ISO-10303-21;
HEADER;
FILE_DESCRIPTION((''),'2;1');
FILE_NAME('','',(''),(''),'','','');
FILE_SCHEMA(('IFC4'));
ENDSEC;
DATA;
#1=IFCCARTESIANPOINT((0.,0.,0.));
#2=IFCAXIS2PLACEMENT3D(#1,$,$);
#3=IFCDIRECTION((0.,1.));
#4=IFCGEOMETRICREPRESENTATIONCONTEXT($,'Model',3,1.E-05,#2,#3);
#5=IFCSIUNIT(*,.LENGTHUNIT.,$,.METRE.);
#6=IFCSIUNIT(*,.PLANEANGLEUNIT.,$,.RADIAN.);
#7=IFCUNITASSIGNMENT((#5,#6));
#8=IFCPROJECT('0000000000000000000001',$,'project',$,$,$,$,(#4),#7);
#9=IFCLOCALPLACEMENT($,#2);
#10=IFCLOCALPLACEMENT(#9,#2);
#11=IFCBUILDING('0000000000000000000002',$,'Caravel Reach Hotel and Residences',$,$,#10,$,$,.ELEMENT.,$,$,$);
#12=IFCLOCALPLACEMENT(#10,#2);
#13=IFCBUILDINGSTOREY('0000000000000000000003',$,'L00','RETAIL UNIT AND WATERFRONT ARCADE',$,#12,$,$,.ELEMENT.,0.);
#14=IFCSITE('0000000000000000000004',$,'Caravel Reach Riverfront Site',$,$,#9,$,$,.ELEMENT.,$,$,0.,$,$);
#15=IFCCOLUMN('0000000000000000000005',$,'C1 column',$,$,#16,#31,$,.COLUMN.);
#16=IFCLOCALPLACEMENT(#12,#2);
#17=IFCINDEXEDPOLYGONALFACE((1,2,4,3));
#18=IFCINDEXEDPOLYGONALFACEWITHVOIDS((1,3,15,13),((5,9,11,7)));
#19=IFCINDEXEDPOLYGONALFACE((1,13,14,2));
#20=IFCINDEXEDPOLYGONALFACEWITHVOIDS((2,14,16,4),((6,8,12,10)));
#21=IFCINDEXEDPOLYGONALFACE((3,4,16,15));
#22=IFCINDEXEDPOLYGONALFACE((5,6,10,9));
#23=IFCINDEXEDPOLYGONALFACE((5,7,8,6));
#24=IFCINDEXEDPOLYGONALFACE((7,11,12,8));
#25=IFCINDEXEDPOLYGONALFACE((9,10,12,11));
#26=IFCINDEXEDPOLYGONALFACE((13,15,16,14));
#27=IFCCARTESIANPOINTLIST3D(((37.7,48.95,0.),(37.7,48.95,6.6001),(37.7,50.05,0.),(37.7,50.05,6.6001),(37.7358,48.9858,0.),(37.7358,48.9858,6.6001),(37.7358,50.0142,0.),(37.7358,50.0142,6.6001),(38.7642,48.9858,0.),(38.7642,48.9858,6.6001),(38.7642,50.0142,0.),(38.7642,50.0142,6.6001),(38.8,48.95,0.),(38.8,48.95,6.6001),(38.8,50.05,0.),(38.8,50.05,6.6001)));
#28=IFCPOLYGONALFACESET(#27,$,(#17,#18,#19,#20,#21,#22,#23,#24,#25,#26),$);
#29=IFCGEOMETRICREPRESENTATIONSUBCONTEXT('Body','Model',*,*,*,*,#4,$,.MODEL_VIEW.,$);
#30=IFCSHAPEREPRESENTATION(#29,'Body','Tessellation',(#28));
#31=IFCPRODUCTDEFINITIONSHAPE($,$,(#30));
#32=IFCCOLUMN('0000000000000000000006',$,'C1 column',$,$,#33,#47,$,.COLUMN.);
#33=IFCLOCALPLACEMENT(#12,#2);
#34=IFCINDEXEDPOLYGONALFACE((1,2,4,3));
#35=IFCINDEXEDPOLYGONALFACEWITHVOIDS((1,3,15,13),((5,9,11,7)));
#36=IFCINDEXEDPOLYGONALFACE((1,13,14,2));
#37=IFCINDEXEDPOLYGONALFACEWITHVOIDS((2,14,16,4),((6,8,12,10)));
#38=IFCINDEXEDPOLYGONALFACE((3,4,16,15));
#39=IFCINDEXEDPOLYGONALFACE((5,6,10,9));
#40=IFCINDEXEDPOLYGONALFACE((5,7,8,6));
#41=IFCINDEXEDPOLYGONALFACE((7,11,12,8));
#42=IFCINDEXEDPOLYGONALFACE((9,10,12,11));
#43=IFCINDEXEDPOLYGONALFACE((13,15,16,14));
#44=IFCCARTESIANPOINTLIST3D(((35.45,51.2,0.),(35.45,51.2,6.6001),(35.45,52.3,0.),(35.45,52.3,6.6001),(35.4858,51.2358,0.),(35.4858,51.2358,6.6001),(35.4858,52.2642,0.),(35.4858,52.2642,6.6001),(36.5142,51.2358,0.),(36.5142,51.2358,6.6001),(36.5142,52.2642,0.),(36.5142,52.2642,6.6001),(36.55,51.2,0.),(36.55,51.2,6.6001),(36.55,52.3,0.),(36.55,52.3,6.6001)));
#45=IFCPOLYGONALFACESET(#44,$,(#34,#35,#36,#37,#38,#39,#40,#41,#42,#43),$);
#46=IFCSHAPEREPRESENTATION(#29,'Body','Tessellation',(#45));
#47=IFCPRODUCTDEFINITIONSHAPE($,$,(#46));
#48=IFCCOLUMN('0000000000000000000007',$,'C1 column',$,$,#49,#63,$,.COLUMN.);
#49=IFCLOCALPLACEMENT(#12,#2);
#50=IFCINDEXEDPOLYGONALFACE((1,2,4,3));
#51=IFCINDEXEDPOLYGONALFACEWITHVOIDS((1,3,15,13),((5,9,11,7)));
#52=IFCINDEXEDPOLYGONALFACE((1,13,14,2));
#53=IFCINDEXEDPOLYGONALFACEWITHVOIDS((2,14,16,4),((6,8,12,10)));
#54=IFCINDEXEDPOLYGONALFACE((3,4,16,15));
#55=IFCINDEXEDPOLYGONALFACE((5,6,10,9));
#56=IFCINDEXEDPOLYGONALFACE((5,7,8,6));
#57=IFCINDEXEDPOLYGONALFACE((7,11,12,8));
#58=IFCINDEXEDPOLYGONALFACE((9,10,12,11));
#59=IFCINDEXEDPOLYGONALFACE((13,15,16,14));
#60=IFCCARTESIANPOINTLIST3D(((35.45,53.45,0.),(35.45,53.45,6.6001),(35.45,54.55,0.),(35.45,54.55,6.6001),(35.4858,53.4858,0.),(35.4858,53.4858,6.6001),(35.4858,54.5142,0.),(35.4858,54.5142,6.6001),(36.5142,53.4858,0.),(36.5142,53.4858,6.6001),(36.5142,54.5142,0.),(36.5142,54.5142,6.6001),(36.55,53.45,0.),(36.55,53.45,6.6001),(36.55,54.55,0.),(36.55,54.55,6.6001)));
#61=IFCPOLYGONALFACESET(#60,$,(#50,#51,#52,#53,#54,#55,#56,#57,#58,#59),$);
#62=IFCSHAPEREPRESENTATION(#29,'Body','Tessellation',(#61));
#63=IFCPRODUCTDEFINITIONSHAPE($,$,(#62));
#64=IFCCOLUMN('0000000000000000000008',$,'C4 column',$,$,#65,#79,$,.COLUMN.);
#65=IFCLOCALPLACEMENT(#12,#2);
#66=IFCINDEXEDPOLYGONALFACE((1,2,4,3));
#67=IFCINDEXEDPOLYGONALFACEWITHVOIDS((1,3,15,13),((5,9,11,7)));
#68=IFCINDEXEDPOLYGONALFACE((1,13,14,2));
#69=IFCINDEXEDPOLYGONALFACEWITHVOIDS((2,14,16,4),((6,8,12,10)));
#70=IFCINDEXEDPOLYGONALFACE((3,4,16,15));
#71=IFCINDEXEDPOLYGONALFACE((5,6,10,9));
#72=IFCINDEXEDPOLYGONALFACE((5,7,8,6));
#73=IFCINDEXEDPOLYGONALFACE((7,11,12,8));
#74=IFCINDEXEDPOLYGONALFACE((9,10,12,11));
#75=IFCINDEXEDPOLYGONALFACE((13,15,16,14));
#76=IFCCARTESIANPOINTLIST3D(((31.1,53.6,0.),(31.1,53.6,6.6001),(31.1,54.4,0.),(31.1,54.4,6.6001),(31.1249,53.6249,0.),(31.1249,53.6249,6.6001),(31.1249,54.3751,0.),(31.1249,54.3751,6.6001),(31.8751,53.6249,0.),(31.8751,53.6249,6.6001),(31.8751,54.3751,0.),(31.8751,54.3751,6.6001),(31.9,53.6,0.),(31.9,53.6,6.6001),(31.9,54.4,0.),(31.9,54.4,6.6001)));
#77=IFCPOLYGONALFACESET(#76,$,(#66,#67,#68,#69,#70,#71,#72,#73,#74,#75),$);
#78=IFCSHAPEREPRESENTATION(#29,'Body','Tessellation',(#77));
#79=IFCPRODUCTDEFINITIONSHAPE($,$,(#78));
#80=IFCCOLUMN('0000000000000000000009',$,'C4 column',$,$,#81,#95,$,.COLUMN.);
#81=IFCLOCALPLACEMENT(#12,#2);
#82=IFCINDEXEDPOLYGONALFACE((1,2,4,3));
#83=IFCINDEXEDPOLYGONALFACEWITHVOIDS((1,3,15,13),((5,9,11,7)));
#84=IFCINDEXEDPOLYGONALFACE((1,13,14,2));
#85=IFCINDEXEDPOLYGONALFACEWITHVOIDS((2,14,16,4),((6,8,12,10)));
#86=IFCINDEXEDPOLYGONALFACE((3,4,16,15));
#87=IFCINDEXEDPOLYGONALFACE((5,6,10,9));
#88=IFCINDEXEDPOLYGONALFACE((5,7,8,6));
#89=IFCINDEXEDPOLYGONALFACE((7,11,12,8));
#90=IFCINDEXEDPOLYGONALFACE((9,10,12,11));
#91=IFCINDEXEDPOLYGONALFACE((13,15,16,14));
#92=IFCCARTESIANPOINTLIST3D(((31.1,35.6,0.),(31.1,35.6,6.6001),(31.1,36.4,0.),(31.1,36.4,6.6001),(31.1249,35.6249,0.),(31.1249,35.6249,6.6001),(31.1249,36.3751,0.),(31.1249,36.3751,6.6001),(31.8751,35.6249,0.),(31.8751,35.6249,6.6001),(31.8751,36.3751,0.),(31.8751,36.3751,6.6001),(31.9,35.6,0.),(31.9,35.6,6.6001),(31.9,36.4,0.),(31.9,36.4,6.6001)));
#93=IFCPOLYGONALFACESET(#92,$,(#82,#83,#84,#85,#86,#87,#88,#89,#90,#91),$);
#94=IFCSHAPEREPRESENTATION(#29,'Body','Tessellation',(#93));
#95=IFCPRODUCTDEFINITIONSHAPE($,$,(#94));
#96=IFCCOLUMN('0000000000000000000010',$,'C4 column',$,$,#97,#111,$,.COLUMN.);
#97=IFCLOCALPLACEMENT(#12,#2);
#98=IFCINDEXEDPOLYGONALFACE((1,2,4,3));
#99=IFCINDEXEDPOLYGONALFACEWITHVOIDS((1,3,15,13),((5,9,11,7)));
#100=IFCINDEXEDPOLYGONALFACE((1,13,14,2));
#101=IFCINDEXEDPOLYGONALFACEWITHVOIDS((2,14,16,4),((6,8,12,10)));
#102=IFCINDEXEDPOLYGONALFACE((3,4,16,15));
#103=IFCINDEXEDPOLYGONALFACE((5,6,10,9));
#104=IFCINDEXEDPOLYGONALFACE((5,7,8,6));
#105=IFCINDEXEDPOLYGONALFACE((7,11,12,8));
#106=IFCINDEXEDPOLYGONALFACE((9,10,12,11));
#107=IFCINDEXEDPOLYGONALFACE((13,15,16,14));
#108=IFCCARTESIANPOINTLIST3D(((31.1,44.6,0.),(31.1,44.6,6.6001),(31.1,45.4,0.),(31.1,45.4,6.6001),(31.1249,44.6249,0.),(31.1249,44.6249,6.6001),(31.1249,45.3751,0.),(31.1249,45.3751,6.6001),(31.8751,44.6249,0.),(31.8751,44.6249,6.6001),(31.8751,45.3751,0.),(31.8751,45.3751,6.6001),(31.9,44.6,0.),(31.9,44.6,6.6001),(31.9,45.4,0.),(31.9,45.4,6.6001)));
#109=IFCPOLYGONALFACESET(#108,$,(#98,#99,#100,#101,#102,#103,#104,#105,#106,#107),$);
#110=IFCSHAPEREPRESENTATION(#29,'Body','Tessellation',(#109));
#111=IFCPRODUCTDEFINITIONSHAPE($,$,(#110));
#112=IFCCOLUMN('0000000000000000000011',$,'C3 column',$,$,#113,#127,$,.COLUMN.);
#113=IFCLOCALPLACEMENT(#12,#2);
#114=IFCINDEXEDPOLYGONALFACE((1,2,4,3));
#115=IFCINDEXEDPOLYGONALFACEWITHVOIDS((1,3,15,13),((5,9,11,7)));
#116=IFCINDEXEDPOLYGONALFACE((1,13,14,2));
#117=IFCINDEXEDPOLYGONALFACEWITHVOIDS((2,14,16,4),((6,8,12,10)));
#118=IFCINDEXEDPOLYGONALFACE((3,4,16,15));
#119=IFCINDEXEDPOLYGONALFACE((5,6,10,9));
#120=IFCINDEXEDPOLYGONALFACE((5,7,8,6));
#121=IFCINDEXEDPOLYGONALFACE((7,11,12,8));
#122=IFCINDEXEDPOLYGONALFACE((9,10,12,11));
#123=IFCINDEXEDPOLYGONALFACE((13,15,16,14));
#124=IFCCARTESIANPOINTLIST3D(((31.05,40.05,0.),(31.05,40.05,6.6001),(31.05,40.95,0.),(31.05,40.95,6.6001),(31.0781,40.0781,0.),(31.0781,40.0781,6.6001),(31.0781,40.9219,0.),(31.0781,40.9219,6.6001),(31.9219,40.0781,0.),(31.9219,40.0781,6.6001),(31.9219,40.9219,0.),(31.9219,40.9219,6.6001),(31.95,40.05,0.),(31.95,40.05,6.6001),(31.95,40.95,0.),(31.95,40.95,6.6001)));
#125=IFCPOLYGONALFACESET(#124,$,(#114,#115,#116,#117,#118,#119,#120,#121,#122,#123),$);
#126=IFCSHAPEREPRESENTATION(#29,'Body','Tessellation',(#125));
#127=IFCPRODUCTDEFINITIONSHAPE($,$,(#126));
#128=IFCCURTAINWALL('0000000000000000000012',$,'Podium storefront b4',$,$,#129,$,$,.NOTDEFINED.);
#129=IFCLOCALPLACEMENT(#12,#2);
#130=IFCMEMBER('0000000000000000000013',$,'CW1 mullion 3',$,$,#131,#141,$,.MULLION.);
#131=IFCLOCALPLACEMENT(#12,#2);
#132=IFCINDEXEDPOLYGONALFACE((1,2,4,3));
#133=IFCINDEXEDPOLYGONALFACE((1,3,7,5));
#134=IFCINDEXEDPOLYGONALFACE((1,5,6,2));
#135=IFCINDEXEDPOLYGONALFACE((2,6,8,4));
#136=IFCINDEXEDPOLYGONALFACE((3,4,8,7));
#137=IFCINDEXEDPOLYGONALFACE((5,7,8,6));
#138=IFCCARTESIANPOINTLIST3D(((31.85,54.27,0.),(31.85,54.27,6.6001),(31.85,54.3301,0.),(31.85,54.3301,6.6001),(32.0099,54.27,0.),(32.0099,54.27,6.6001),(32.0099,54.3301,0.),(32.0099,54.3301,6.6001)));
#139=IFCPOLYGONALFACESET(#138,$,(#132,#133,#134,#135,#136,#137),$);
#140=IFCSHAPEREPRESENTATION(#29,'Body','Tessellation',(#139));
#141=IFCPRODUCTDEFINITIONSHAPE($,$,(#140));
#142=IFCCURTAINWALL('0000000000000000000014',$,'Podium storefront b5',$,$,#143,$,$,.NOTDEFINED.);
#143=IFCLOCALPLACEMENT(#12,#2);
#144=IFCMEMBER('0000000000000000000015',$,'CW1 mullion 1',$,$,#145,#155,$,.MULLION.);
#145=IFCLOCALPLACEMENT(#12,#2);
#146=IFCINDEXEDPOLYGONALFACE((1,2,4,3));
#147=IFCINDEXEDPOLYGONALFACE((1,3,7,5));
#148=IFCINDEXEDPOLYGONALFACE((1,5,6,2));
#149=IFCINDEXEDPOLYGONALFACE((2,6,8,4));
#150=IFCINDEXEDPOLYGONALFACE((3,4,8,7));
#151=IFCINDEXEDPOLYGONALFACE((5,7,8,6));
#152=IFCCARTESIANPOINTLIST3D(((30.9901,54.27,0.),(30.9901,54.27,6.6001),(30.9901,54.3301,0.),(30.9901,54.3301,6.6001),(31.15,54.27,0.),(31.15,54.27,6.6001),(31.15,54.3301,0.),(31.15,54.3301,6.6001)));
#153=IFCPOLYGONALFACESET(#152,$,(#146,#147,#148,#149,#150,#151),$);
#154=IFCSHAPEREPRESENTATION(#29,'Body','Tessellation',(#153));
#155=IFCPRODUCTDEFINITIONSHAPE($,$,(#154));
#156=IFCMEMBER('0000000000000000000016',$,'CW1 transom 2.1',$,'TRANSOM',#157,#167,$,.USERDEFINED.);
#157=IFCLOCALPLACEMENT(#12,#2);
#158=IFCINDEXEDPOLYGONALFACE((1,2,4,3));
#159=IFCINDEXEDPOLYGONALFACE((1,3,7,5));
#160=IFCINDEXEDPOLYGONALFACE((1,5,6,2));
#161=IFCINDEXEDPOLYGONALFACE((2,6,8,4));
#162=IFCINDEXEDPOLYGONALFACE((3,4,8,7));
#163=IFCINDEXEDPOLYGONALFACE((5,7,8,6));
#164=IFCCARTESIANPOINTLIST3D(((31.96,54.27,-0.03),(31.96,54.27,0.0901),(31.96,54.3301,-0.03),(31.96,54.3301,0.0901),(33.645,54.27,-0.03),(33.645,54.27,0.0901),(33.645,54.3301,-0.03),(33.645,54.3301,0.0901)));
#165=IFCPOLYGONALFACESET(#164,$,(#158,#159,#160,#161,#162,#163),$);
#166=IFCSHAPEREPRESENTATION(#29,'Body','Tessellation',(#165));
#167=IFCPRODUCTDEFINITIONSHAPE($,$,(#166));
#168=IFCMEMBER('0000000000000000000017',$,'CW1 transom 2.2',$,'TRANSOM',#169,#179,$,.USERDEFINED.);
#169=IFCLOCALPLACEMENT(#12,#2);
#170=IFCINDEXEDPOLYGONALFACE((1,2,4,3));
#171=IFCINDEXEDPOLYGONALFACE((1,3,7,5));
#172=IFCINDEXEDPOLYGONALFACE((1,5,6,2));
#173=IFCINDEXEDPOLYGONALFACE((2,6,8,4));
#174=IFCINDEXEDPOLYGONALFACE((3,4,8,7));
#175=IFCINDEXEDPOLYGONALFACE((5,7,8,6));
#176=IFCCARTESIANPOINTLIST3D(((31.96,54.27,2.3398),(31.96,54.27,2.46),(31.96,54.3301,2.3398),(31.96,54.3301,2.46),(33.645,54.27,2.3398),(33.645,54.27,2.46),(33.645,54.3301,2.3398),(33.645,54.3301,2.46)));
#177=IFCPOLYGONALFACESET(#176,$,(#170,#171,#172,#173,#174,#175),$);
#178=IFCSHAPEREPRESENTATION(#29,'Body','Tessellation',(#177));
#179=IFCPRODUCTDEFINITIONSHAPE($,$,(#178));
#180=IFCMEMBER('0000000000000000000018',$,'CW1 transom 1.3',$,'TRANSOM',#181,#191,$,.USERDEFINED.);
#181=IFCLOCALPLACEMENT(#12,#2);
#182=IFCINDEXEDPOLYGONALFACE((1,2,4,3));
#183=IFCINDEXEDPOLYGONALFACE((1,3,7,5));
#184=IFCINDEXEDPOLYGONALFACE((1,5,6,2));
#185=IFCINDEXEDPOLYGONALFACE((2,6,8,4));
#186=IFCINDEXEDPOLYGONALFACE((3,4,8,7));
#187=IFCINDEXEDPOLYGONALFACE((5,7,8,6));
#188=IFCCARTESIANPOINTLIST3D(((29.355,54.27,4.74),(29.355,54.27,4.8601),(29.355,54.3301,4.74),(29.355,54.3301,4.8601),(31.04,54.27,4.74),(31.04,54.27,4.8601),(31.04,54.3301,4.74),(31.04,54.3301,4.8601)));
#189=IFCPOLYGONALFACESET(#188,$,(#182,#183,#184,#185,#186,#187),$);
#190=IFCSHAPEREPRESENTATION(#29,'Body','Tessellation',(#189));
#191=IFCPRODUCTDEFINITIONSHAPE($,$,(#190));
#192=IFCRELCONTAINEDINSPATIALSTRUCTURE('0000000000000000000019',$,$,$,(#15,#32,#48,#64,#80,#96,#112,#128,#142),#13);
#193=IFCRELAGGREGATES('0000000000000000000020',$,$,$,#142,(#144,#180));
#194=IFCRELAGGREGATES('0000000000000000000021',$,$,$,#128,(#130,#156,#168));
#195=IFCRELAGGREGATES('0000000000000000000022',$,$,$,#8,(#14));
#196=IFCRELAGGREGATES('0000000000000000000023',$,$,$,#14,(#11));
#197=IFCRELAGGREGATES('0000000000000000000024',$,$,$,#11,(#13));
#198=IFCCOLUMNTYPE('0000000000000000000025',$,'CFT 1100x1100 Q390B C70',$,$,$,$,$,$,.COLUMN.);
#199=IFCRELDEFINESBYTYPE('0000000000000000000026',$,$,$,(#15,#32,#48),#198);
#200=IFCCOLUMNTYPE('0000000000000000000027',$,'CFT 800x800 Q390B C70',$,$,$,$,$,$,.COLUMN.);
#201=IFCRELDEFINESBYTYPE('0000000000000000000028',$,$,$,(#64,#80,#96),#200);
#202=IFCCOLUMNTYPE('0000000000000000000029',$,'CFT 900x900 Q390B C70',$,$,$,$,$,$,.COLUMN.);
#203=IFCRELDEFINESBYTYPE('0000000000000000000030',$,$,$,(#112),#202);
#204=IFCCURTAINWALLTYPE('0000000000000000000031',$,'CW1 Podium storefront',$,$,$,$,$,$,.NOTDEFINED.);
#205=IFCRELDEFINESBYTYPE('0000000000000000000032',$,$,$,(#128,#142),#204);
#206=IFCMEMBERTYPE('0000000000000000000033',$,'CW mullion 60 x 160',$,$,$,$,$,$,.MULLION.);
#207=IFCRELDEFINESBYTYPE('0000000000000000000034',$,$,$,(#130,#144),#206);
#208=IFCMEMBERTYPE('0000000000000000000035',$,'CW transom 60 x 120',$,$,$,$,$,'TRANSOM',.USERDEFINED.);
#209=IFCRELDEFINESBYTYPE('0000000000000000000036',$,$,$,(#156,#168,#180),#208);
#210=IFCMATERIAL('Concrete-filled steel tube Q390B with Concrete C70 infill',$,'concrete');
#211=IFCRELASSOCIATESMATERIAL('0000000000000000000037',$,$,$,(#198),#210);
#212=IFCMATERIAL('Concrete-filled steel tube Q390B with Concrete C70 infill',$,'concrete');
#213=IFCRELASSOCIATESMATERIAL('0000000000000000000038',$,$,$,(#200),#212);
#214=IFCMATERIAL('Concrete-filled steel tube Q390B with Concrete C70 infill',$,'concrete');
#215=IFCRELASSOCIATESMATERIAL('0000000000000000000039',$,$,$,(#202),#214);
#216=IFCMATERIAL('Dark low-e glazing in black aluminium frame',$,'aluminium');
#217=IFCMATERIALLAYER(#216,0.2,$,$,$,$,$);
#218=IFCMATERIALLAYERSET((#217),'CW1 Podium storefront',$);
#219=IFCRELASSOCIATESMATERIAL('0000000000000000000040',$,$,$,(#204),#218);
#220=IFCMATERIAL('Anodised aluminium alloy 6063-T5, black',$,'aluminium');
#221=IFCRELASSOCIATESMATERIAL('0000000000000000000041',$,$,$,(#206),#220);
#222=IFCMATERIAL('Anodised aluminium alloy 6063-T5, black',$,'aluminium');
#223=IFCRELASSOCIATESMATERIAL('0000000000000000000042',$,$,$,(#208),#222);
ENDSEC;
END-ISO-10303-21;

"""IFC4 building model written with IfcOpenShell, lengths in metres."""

from ifc_helpers import new_model, si_unit, direction, frame, origin, origin_2d, place, context, subcontext, project, spatial, rectangle, hollow_rectangle, extrude, material, layer, layer_set, material_profile, profile_set, type_object, element, aggregate, save


model = new_model("IFC4")

# Units and contexts
model_context = context("Model", 3, precision=1e-05, world=origin(), true_north=direction((0.0, 1.0)))
body_context = subcontext(model_context, "Body", "Model", "MODEL_VIEW")
ifc_project = project(units=[si_unit("LENGTHUNIT", "METRE"), si_unit("PLANEANGLEUNIT", "RADIAN")], contexts=[model_context])

# Site, building, storey
site_placement = place(None, origin())
site = spatial("IfcSite", under=ifc_project, at=site_placement, Name="Caravel Reach Riverfront Site", CompositionType="ELEMENT", RefElevation=0.0)
building_placement = place(site_placement, origin())
building = spatial("IfcBuilding", under=site, at=building_placement, Name="Caravel Reach Hotel and Residences", CompositionType="ELEMENT")
storey_placement = place(building_placement, origin())
storey = spatial("IfcBuildingStorey", under=building, at=storey_placement, Name="L00", Description="RETAIL UNIT AND WATERFRONT ARCADE", CompositionType="ELEMENT", Elevation=0.0)

# Columns
ifc_material_1 = material(Name="Concrete-filled steel tube Q390B with Concrete C70 infill", Category="concrete")
ifc_material_profile_1 = material_profile(ifc_material_1, hollow_rectangle(XDim=1.1001, YDim=1.1001, WallThickness=0.0359, at=origin_2d()), Name="RHS 1100x1100x36")
ifc_profile_set_1 = profile_set([ifc_material_profile_1], Name="Concrete-filled steel tube Q390B with Concrete C70 infill")
column_type_1 = type_object("IfcColumnType", Name="CFT 1100x1100 Q390B C70", PredefinedType="COLUMN", material=ifc_profile_set_1)
for number, where, z_axis, x_axis, name in (
    (1, (38.25, 49.5, 0.0), (0.0, 0.0, 1.0), (1.0, 0.0, 0.0), "C1 column"),
    (2, (36.0, 51.75, 0.0), (0.0, 0.0, 1.0), (1.0, 0.0, 0.0), "C1 column"),
    (3, (36.0, 54.0, 0.0), (0.0, 0.0, 1.0), (1.0, 0.0, 0.0), "C1 column"),
):
    element("IfcColumn", number, at=place(storey_placement, frame(where, z_axis=z_axis, x_axis=x_axis)), inside=storey, type_object=column_type_1, Name=name, PredefinedType="COLUMN", context=body_context, shape_type="SweptSolid", body=[
        extrude(hollow_rectangle(XDim=1.1001, YDim=1.1001, WallThickness=0.0359, at=origin_2d()), origin(), (0.0, 0.0, 1.0), 6.6001),
    ])
ifc_material_2 = material(Name="Concrete-filled steel tube Q390B with Concrete C70 infill", Category="concrete")
ifc_material_profile_2 = material_profile(ifc_material_2, hollow_rectangle(XDim=0.8, YDim=0.8, WallThickness=0.0249, at=origin_2d()), Name="RHS 800x800x25")
ifc_profile_set_2 = profile_set([ifc_material_profile_2], Name="Concrete-filled steel tube Q390B with Concrete C70 infill")
column_type_2 = type_object("IfcColumnType", Name="CFT 800x800 Q390B C70", PredefinedType="COLUMN", material=ifc_profile_set_2)
for number, where, z_axis, x_axis, name in (
    (4, (31.5, 54.0, 0.0), (0.0, 0.0, 1.0), (1.0, 0.0, 0.0), "C4 column"),
    (5, (31.5, 36.0, 0.0), (0.0, 0.0, 1.0), (1.0, 0.0, 0.0), "C4 column"),
    (6, (31.5, 45.0, 0.0), (0.0, 0.0, 1.0), (1.0, 0.0, 0.0), "C4 column"),
):
    element("IfcColumn", number, at=place(storey_placement, frame(where, z_axis=z_axis, x_axis=x_axis)), inside=storey, type_object=column_type_2, Name=name, PredefinedType="COLUMN", context=body_context, shape_type="SweptSolid", body=[
        extrude(hollow_rectangle(XDim=0.8, YDim=0.8, WallThickness=0.0249, at=origin_2d()), origin(), (0.0, 0.0, 1.0), 6.6001),
    ])
ifc_material_3 = material(Name="Concrete-filled steel tube Q390B with Concrete C70 infill", Category="concrete")
ifc_material_profile_3 = material_profile(ifc_material_3, hollow_rectangle(XDim=0.8999, YDim=0.8999, WallThickness=0.0281, at=origin_2d()), Name="RHS 900x900x28")
ifc_profile_set_3 = profile_set([ifc_material_profile_3], Name="Concrete-filled steel tube Q390B with Concrete C70 infill")
column_type_3 = type_object("IfcColumnType", Name="CFT 900x900 Q390B C70", PredefinedType="COLUMN", material=ifc_profile_set_3)
column_placement = place(storey_placement, frame((31.5, 40.5, 0.0), z_axis=(0.0, 0.0, 1.0), x_axis=(1.0, 0.0, 0.0)))
element("IfcColumn", 7, at=column_placement, inside=storey, type_object=column_type_3, Name="C3 column", PredefinedType="COLUMN", context=body_context, shape_type="SweptSolid", body=[
    extrude(hollow_rectangle(XDim=0.8999, YDim=0.8999, WallThickness=0.0281, at=origin_2d()), origin(), (0.0, 0.0, 1.0), 6.6001),
])

# Curtain walls, members
ifc_material_4 = material(Name="Dark low-e glazing in black aluminium frame", Category="aluminium")
ifc_layer_1 = layer(ifc_material_4, 0.2)
ifc_layer_set_1 = layer_set([ifc_layer_1], Name="CW1 Podium storefront")
curtain_wall_type = type_object("IfcCurtainWallType", Name="CW1 Podium storefront", PredefinedType="NOTDEFINED", material=ifc_layer_set_1)
curtain_wall_1_placement = place(storey_placement, origin())
curtain_wall_1 = element("IfcCurtainWall", 8, at=curtain_wall_1_placement, inside=storey, type_object=curtain_wall_type, Name="Podium storefront b4", PredefinedType="NOTDEFINED")
ifc_material_5 = material(Name="Anodised aluminium alloy 6063-T5, black", Category="aluminium")
ifc_material_profile_4 = material_profile(ifc_material_5, rectangle(XDim=0.0601, YDim=0.1599, at=origin_2d()), Name="CW mullion 60 x 160")
ifc_profile_set_4 = profile_set([ifc_material_profile_4], Name="Anodised aluminium alloy 6063-T5, black")
member_type_1 = type_object("IfcMemberType", Name="CW mullion 60 x 160", PredefinedType="MULLION", material=ifc_profile_set_4)
member_1_placement = place(storey_placement, frame((31.9299, 54.3, 0.0), z_axis=(0.0, 0.0, 1.0), x_axis=(0.0, -1.0, 0.0)))
member_1 = element("IfcMember", 9, at=member_1_placement, type_object=member_type_1, Name="CW1 mullion 3", PredefinedType="MULLION", context=body_context, shape_type="SweptSolid", body=[
    extrude(rectangle(XDim=0.0601, YDim=0.1599, at=origin_2d()), origin(), (0.0, 0.0, 1.0), 6.6001),
])
curtain_wall_2_placement = place(storey_placement, origin())
curtain_wall_2 = element("IfcCurtainWall", 10, at=curtain_wall_2_placement, inside=storey, type_object=curtain_wall_type, Name="Podium storefront b5", PredefinedType="NOTDEFINED")
member_2_placement = place(storey_placement, frame((31.0701, 54.3, 0.0), z_axis=(0.0, 0.0, 1.0), x_axis=(0.0, -1.0, 0.0)))
member_2 = element("IfcMember", 11, at=member_2_placement, type_object=member_type_1, Name="CW1 mullion 1", PredefinedType="MULLION", context=body_context, shape_type="SweptSolid", body=[
    extrude(rectangle(XDim=0.0601, YDim=0.1599, at=origin_2d()), origin(), (0.0, 0.0, 1.0), 6.6001),
])

# Members
ifc_material_6 = material(Name="Anodised aluminium alloy 6063-T5, black", Category="aluminium")
ifc_material_profile_5 = material_profile(ifc_material_6, rectangle(XDim=0.0601, YDim=0.1201, at=origin_2d()), Name="CW transom 60 x 120")
ifc_profile_set_5 = profile_set([ifc_material_profile_5], Name="Anodised aluminium alloy 6063-T5, black")
member_type_2 = type_object("IfcMemberType", Name="CW transom 60 x 120", ElementType="TRANSOM", PredefinedType="USERDEFINED", material=ifc_profile_set_5)
member_3_placement = place(storey_placement, frame((33.645, 54.3, 0.03), z_axis=(-1.0, 0.0, 0.0), x_axis=(0.0, -1.0, 0.0)))
member_3 = element("IfcMember", 12, at=member_3_placement, type_object=member_type_2, Name="CW1 transom 2.1", ObjectType="TRANSOM", PredefinedType="USERDEFINED", context=body_context, shape_type="SweptSolid", body=[
    extrude(rectangle(XDim=0.0601, YDim=0.1201, at=origin_2d()), origin(), (0.0, 0.0, 1.0), 1.6851),
])
member_4_placement = place(storey_placement, frame((33.645, 54.3, 2.3999), z_axis=(-1.0, 0.0, 0.0), x_axis=(0.0, -1.0, 0.0)))
member_4 = element("IfcMember", 13, at=member_4_placement, type_object=member_type_2, Name="CW1 transom 2.2", ObjectType="TRANSOM", PredefinedType="USERDEFINED", context=body_context, shape_type="SweptSolid", body=[
    extrude(rectangle(XDim=0.0601, YDim=0.1201, at=origin_2d()), origin(), (0.0, 0.0, 1.0), 1.6851),
])
member_5_placement = place(storey_placement, frame((31.04, 54.3, 4.8), z_axis=(-1.0, 0.0, 0.0), x_axis=(0.0, -1.0, 0.0)))
member_5 = element("IfcMember", 14, at=member_5_placement, type_object=member_type_2, Name="CW1 transom 1.3", ObjectType="TRANSOM", PredefinedType="USERDEFINED", context=body_context, shape_type="SweptSolid", body=[
    extrude(rectangle(XDim=0.0601, YDim=0.1201, at=origin_2d()), origin(), (0.0, 0.0, 1.0), 1.6851),
])
aggregate(curtain_wall_2, [member_2, member_5])

aggregate(curtain_wall_1, [member_1, member_3, member_4])

save(model, "model.ifc")
